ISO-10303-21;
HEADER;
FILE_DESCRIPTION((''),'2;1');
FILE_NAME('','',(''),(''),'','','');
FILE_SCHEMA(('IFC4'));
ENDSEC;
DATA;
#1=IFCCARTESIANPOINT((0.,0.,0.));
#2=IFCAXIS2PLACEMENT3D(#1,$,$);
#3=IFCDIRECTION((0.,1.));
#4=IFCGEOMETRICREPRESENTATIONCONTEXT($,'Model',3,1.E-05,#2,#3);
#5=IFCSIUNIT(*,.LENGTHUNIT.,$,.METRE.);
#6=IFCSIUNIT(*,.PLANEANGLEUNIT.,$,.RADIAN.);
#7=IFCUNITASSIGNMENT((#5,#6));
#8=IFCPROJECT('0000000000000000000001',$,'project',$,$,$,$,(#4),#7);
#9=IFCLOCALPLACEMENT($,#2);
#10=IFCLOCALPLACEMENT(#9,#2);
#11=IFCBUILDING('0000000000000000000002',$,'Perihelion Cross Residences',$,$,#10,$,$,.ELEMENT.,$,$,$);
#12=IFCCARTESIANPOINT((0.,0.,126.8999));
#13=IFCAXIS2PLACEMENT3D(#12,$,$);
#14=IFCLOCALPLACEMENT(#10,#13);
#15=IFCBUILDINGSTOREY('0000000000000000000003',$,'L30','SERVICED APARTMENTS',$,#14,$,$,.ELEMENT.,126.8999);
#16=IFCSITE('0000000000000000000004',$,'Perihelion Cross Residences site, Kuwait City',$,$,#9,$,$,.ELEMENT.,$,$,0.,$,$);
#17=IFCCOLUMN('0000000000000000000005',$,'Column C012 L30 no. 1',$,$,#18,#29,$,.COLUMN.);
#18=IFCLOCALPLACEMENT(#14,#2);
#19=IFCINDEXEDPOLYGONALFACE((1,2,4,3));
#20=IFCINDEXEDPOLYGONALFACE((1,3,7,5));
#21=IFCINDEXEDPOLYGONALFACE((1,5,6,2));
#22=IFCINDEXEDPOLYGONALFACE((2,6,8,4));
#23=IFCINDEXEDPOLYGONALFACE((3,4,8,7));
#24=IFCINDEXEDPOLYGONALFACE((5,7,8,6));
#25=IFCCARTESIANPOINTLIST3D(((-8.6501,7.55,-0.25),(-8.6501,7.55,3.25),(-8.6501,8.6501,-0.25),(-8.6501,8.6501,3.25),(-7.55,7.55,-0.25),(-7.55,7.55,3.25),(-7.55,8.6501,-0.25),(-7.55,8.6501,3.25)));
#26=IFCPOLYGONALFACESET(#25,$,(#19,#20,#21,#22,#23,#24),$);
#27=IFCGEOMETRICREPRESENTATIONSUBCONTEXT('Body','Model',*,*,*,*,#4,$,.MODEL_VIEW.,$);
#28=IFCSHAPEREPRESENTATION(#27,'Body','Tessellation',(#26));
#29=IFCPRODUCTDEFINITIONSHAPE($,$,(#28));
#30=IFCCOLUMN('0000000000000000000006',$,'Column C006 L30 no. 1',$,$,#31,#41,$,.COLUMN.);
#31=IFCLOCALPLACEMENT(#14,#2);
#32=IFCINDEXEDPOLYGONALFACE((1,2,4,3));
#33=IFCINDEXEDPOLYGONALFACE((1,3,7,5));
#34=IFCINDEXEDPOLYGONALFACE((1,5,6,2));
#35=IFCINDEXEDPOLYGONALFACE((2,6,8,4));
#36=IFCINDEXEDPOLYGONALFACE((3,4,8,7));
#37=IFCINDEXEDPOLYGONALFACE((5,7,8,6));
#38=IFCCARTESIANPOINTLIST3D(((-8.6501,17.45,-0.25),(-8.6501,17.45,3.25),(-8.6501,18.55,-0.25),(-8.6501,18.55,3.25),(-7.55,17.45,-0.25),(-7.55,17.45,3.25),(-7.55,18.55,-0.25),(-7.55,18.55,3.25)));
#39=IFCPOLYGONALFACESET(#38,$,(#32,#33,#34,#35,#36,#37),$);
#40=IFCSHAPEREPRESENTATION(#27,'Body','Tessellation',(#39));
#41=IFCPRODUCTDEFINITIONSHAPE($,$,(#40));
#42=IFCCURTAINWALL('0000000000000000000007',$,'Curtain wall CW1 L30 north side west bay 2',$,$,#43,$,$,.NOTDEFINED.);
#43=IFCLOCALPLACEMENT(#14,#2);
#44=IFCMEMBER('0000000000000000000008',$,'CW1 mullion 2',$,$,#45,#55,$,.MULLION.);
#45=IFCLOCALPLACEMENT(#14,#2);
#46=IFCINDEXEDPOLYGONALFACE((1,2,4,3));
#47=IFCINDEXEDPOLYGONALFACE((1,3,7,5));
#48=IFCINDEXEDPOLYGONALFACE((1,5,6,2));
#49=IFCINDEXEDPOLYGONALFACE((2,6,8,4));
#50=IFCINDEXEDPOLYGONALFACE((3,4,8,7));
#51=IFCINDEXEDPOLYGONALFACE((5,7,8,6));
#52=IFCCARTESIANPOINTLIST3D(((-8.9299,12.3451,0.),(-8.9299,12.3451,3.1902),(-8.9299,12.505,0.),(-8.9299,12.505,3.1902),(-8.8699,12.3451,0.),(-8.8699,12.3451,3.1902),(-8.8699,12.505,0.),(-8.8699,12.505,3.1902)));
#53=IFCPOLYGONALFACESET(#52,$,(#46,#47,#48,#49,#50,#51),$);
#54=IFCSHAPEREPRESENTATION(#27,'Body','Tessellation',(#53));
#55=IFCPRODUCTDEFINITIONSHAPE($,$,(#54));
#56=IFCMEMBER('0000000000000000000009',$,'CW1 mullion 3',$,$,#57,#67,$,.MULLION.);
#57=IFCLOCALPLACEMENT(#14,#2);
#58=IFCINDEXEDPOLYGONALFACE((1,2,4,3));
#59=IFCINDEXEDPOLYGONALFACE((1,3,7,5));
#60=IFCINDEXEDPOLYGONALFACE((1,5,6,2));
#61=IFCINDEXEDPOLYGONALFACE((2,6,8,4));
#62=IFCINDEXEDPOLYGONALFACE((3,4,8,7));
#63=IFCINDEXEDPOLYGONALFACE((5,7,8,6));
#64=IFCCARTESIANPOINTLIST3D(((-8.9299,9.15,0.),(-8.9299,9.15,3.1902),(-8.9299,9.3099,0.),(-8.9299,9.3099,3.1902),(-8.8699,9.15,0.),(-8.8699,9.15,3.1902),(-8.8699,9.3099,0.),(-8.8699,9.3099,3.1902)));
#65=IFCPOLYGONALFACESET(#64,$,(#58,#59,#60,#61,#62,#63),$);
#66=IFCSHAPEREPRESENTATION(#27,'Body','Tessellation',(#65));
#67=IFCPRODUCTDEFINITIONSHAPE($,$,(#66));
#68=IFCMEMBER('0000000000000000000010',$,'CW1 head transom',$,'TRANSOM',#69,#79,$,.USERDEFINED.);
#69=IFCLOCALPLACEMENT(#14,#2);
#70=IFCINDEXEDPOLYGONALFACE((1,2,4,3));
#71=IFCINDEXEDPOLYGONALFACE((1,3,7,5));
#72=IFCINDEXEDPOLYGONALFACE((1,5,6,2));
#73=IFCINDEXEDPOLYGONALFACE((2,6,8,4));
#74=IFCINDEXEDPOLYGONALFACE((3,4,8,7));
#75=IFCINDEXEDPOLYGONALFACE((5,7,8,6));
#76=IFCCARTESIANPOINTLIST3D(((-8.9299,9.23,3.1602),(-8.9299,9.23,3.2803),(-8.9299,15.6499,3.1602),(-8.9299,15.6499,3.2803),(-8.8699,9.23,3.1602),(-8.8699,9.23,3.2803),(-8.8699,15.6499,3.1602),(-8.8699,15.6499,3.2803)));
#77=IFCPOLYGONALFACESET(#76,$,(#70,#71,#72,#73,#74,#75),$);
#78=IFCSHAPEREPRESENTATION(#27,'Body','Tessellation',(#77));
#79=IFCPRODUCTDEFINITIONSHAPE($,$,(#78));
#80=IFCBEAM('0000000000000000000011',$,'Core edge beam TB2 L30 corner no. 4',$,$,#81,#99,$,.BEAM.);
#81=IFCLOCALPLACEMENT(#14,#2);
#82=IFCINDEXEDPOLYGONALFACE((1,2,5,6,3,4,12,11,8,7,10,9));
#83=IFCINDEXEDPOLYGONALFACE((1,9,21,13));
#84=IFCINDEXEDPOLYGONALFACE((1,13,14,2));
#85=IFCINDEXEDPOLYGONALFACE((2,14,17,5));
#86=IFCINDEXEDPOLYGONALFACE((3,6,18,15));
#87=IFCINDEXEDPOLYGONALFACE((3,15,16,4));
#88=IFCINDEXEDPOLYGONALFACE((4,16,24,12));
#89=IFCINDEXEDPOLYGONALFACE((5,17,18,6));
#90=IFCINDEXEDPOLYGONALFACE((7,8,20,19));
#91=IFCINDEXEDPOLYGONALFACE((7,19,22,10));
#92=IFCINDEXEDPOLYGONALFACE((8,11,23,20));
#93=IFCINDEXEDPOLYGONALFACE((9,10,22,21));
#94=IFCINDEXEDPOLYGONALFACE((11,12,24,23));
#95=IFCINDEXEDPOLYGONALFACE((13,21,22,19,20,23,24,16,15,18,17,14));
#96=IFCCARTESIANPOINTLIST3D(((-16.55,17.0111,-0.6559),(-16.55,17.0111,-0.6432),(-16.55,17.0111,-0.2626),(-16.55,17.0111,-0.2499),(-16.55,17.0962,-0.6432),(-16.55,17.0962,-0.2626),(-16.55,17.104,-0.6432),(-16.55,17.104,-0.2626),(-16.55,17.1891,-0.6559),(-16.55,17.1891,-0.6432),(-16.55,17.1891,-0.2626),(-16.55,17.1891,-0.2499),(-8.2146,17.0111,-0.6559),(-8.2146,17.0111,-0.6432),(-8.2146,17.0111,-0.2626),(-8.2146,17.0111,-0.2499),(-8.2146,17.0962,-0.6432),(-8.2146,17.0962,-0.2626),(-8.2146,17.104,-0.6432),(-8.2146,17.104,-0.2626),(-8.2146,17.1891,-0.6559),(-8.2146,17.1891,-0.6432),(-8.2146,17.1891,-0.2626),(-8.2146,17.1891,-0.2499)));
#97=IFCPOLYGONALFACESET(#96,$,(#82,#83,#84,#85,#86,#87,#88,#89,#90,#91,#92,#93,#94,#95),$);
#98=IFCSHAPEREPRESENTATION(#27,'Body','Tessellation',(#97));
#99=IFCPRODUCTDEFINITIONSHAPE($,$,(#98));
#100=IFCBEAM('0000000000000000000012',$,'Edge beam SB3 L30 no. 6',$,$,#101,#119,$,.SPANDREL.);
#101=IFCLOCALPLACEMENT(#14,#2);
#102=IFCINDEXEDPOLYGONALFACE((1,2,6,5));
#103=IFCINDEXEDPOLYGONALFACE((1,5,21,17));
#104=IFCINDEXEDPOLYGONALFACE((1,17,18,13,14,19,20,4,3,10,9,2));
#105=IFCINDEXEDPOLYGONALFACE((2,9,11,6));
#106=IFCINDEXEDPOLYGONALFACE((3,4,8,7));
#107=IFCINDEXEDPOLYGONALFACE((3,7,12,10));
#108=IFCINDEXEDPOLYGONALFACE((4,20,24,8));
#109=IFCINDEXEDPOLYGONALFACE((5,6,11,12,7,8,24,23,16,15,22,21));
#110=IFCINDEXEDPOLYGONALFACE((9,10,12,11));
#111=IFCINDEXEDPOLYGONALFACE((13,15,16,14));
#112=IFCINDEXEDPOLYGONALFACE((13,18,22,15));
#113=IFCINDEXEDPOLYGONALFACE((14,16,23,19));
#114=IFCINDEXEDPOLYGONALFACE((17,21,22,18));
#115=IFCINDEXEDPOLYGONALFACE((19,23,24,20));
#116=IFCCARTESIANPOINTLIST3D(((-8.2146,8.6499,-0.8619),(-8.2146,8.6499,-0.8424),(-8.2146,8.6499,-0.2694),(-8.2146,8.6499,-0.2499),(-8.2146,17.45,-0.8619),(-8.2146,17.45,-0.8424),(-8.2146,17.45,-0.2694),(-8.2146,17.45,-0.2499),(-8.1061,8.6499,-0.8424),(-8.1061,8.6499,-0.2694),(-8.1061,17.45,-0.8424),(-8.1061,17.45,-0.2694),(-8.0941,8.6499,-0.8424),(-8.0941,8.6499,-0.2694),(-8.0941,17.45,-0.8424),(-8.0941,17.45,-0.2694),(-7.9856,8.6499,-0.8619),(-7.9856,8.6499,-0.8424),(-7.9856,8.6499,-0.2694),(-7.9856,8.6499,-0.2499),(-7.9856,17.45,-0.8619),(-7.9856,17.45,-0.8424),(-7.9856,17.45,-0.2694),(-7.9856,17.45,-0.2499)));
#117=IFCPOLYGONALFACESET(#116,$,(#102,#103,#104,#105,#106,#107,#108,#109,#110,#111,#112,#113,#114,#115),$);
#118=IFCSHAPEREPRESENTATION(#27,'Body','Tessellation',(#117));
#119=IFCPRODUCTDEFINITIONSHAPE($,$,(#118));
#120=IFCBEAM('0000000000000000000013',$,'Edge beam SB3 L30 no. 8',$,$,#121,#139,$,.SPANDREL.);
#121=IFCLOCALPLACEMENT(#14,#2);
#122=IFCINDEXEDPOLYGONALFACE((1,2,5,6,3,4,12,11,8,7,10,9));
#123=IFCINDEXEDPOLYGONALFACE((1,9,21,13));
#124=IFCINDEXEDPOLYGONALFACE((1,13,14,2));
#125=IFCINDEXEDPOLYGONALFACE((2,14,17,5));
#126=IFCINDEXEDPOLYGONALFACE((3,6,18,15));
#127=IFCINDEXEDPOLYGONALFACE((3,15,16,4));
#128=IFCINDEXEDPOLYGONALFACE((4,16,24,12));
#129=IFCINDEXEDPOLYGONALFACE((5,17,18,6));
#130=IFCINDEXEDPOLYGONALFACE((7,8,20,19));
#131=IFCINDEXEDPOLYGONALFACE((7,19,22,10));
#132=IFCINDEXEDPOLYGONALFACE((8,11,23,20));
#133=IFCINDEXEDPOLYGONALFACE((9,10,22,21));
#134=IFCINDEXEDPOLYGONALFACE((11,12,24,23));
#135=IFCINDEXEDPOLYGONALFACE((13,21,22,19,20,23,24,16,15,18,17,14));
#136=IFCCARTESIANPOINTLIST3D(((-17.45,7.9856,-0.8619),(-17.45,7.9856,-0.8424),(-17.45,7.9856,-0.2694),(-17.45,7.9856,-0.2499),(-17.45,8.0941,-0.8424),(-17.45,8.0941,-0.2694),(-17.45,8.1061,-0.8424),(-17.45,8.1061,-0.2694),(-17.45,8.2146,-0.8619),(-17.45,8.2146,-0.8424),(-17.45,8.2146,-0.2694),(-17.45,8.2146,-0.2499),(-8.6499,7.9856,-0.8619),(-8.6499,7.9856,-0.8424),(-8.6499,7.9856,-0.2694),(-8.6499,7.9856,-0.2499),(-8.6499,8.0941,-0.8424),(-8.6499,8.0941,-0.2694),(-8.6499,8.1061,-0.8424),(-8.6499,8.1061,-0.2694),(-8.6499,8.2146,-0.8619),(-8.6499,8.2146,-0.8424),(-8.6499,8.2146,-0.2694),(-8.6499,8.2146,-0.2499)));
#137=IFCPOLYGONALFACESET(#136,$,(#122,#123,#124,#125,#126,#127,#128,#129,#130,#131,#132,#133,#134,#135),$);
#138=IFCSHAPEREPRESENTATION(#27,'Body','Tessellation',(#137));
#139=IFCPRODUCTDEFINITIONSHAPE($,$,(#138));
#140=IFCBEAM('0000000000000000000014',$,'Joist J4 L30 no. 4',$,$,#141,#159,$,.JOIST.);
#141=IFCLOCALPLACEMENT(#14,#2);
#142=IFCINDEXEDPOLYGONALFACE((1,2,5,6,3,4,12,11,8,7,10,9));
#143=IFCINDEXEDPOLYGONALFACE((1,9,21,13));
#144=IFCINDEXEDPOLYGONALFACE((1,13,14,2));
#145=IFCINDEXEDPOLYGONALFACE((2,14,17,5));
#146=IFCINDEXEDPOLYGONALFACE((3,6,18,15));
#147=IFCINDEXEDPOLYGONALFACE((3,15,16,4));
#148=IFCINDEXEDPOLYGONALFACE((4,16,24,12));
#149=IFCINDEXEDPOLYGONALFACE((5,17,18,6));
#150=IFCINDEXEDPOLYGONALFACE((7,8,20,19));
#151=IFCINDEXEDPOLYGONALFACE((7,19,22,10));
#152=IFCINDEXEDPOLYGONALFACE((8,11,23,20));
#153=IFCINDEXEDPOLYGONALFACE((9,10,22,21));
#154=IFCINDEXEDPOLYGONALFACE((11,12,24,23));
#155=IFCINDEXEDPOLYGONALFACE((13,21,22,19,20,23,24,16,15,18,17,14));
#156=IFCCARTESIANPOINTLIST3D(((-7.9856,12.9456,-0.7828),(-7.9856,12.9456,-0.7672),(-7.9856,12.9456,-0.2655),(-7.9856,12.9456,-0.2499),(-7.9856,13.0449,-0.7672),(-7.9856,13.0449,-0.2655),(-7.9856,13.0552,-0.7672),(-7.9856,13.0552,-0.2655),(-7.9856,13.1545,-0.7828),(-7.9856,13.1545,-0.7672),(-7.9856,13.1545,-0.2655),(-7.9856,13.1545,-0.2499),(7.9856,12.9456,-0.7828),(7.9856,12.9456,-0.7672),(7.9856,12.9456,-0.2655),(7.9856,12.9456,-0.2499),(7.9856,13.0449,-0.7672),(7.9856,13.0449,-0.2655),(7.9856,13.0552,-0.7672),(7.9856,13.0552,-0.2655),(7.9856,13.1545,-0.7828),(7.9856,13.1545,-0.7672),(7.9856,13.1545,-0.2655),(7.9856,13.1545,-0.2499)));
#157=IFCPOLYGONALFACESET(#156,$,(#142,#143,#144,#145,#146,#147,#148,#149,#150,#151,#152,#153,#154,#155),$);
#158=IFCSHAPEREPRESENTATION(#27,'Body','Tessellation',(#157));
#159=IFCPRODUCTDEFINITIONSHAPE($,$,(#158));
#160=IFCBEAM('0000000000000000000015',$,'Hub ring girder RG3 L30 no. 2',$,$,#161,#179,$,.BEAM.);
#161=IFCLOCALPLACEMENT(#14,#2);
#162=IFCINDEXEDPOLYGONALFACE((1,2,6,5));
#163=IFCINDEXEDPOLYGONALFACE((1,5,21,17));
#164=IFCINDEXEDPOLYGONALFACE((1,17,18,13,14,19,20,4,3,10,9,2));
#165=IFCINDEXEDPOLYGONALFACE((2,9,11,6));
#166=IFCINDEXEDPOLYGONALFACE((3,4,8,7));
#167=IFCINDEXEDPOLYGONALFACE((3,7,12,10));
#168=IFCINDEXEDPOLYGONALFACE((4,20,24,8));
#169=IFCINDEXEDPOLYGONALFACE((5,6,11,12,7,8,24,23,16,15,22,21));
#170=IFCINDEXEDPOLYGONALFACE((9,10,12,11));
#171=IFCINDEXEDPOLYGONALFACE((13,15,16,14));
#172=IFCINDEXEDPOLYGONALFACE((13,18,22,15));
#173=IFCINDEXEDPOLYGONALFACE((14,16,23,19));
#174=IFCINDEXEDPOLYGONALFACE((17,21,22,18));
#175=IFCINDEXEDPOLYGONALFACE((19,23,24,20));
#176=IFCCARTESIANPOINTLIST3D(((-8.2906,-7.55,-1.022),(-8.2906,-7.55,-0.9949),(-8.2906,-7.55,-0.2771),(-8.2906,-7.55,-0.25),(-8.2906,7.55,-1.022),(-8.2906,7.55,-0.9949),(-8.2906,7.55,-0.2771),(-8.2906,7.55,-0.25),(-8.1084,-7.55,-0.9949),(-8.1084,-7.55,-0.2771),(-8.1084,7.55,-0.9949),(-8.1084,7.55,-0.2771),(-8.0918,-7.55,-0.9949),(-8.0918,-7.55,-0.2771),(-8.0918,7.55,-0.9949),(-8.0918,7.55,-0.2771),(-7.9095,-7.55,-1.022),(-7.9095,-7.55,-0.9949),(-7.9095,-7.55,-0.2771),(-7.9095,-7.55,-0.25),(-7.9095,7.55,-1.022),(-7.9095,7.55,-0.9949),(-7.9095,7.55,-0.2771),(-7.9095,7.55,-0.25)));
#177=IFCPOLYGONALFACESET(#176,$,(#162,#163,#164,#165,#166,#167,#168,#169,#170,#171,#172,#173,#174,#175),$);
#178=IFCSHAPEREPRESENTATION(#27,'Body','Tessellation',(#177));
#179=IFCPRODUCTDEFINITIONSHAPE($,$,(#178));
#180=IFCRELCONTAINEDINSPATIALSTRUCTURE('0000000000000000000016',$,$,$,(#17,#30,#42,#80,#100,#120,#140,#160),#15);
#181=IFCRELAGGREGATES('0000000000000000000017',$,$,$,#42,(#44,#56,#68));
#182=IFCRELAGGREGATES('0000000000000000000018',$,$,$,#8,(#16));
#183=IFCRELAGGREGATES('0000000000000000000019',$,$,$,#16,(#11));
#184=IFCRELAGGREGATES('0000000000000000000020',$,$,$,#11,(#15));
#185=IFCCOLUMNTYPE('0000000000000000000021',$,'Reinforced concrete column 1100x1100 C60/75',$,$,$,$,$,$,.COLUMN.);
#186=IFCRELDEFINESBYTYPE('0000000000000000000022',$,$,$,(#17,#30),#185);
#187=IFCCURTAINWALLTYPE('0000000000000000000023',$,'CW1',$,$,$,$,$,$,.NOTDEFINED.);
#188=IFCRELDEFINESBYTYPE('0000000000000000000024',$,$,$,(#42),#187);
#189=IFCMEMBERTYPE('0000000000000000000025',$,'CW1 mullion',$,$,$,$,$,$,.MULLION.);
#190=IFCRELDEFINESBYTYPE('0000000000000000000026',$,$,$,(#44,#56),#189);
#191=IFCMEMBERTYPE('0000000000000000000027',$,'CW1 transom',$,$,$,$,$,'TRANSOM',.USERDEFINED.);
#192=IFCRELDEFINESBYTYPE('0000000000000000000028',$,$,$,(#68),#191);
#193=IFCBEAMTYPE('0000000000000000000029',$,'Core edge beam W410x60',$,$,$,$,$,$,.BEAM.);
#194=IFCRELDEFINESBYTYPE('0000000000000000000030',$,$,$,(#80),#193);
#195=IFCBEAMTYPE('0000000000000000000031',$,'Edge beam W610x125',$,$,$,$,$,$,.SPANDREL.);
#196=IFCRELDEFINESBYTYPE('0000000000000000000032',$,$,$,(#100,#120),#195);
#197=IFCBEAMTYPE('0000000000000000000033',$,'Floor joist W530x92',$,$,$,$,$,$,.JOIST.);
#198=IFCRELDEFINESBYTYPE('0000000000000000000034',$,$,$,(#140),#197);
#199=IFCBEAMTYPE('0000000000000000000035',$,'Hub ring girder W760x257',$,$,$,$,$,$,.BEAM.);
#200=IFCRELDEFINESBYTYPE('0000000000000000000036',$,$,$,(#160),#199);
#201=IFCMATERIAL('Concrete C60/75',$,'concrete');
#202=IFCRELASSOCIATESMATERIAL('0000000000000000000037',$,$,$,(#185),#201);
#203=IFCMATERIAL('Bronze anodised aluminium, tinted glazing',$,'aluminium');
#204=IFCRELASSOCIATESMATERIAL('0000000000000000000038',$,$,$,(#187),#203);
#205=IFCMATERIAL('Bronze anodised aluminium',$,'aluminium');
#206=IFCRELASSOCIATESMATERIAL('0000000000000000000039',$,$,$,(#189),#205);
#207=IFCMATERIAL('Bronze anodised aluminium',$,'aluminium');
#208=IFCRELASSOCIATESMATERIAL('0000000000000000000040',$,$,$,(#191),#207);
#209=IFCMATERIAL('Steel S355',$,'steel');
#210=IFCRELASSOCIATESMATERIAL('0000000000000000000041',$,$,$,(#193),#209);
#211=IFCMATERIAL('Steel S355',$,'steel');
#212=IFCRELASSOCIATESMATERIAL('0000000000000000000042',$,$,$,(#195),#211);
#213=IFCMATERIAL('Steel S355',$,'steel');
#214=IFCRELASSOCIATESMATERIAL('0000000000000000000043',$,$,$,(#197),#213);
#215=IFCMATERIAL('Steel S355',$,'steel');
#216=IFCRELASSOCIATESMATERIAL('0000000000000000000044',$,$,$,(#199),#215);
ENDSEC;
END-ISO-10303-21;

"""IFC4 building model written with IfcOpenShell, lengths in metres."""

from ifc_helpers import new_model, si_unit, direction, frame, origin, origin_2d, place, context, subcontext, project, spatial, rectangle, i_section, extrude, material, material_profile, profile_set, type_object, element, aggregate, save


model = new_model("IFC4")

# Units and contexts
model_context = context("Model", 3, precision=1e-05, world=origin(), true_north=direction((0.0, 1.0)))
body_context = subcontext(model_context, "Body", "Model", "MODEL_VIEW")
ifc_project = project(units=[si_unit("LENGTHUNIT", "METRE"), si_unit("PLANEANGLEUNIT", "RADIAN")], contexts=[model_context])

# Site, building, storey
site_placement = place(None, origin())
site = spatial("IfcSite", under=ifc_project, at=site_placement, Name="Perihelion Cross Residences site, Kuwait City", CompositionType="ELEMENT", RefElevation=0.0)
building_placement = place(site_placement, origin())
building = spatial("IfcBuilding", under=site, at=building_placement, Name="Perihelion Cross Residences", CompositionType="ELEMENT")
storey_placement = place(building_placement, frame((0.0, 0.0, 126.8999)))
storey = spatial("IfcBuildingStorey", under=building, at=storey_placement, Name="L30", Description="SERVICED APARTMENTS", CompositionType="ELEMENT", Elevation=126.8999)

# Columns
ifc_material_1 = material(Name="Concrete C60/75", Category="concrete")
ifc_material_profile_1 = material_profile(ifc_material_1, rectangle(XDim=1.1001, YDim=1.1001, at=origin_2d()), Name="RC 1100x1100")
ifc_profile_set_1 = profile_set([ifc_material_profile_1], Name="Concrete C60/75")
column_type = type_object("IfcColumnType", Name="Reinforced concrete column 1100x1100 C60/75", PredefinedType="COLUMN", material=ifc_profile_set_1)
for number, where, z_axis, x_axis, name in (
    (1, (-8.1001, 8.1001, -0.25), (0.0, 0.0, 1.0), (1.0, 0.0, 0.0), "Column C012 L30 no. 1"),
    (2, (-8.1001, 18.0, -0.25), (0.0, 0.0, 1.0), (1.0, 0.0, 0.0), "Column C006 L30 no. 1"),
):
    element("IfcColumn", number, at=place(storey_placement, frame(where, z_axis=z_axis, x_axis=x_axis)), inside=storey, type_object=column_type, Name=name, PredefinedType="COLUMN", context=body_context, shape_type="SweptSolid", body=[
        extrude(rectangle(XDim=1.1001, YDim=1.1001, at=origin_2d()), origin(), (0.0, 0.0, 1.0), 3.5),
    ])

# Curtain wall, members
ifc_material_2 = material(Name="Bronze anodised aluminium, tinted glazing", Category="aluminium")
curtain_wall_type = type_object("IfcCurtainWallType", Name="CW1", PredefinedType="NOTDEFINED", material=ifc_material_2)
curtain_wall_placement = place(storey_placement, origin())
curtain_wall = element("IfcCurtainWall", 3, at=curtain_wall_placement, inside=storey, type_object=curtain_wall_type, Name="Curtain wall CW1 L30 north side west bay 2", PredefinedType="NOTDEFINED")
ifc_material_3 = material(Name="Bronze anodised aluminium", Category="aluminium")
ifc_material_profile_2 = material_profile(ifc_material_3, rectangle(XDim=0.0601, YDim=0.1599, at=origin_2d()), Name="CW1 mullion")
ifc_profile_set_2 = profile_set([ifc_material_profile_2], Name="Bronze anodised aluminium")
member_type_1 = type_object("IfcMemberType", Name="CW1 mullion", PredefinedType="MULLION", material=ifc_profile_set_2)
member_1_placement = place(storey_placement, frame((-8.8999, 12.425, 0.0), z_axis=(0.0, 0.0, 1.0), x_axis=(1.0, 0.0, 0.0)))
member_1 = element("IfcMember", 4, at=member_1_placement, type_object=member_type_1, Name="CW1 mullion 2", PredefinedType="MULLION", context=body_context, shape_type="SweptSolid", body=[
    extrude(rectangle(XDim=0.0601, YDim=0.1599, at=origin_2d()), origin(), (0.0, 0.0, 1.0), 3.1902),
])
member_2_placement = place(storey_placement, frame((-8.8999, 9.23, 0.0), z_axis=(0.0, 0.0, 1.0), x_axis=(1.0, 0.0, 0.0)))
member_2 = element("IfcMember", 5, at=member_2_placement, type_object=member_type_1, Name="CW1 mullion 3", PredefinedType="MULLION", context=body_context, shape_type="SweptSolid", body=[
    extrude(rectangle(XDim=0.0601, YDim=0.1599, at=origin_2d()), origin(), (0.0, 0.0, 1.0), 3.1902),
])
ifc_material_4 = material(Name="Bronze anodised aluminium", Category="aluminium")
ifc_material_profile_3 = material_profile(ifc_material_4, rectangle(XDim=0.0601, YDim=0.1201, at=origin_2d()), Name="CW1 transom")
ifc_profile_set_3 = profile_set([ifc_material_profile_3], Name="Bronze anodised aluminium")
member_type_2 = type_object("IfcMemberType", Name="CW1 transom", ElementType="TRANSOM", PredefinedType="USERDEFINED", material=ifc_profile_set_3)
member_3_placement = place(storey_placement, frame((-8.8999, 15.6499, 3.2202), z_axis=(0.0, -1.0, 0.0), x_axis=(1.0, 0.0, 0.0)))
member_3 = element("IfcMember", 6, at=member_3_placement, type_object=member_type_2, Name="CW1 head transom", ObjectType="TRANSOM", PredefinedType="USERDEFINED", context=body_context, shape_type="SweptSolid", body=[
    extrude(rectangle(XDim=0.0601, YDim=0.1201, at=origin_2d()), origin(), (0.0, 0.0, 1.0), 6.4199),
])

# Beams
ifc_material_5 = material(Name="Steel S355", Category="steel")
ifc_material_profile_4 = material_profile(ifc_material_5, i_section(OverallWidth=0.178, OverallDepth=0.406, WebThickness=0.0078, FlangeThickness=0.0127, at=origin_2d()), Name="W410x60")
ifc_profile_set_4 = profile_set([ifc_material_profile_4], Name="Steel S355")
beam_type_1 = type_object("IfcBeamType", Name="Core edge beam W410x60", PredefinedType="BEAM", material=ifc_profile_set_4)
beam_1_placement = place(storey_placement, frame((-8.2146, 17.1001, -0.4529), z_axis=(-1.0, 0.0, 0.0), x_axis=(0.0, -1.0, 0.0)))
element("IfcBeam", 7, at=beam_1_placement, inside=storey, type_object=beam_type_1, Name="Core edge beam TB2 L30 corner no. 4", PredefinedType="BEAM", context=body_context, shape_type="SweptSolid", body=[
    extrude(i_section(OverallWidth=0.178, OverallDepth=0.406, WebThickness=0.0078, FlangeThickness=0.0127, at=origin_2d()), origin(), (0.0, 0.0, 1.0), 8.3354),
])
ifc_material_6 = material(Name="Steel S355", Category="steel")
ifc_material_profile_5 = material_profile(ifc_material_6, i_section(OverallWidth=0.229, OverallDepth=0.6121, WebThickness=0.012, FlangeThickness=0.0195, at=origin_2d()), Name="W610x125")
ifc_profile_set_5 = profile_set([ifc_material_profile_5], Name="Steel S355")
beam_type_2 = type_object("IfcBeamType", Name="Edge beam W610x125", PredefinedType="SPANDREL", material=ifc_profile_set_5)
for number, where, z_axis, x_axis, name in (
    (8, (-8.1001, 17.45, -0.5559), (0.0, -1.0, 0.0), (1.0, 0.0, 0.0), "Edge beam SB3 L30 no. 6"),
    (9, (-8.6499, 8.1001, -0.5559), (-1.0, 0.0, 0.0), (0.0, -1.0, 0.0), "Edge beam SB3 L30 no. 8"),
):
    element("IfcBeam", number, at=place(storey_placement, frame(where, z_axis=z_axis, x_axis=x_axis)), inside=storey, type_object=beam_type_2, Name=name, PredefinedType="SPANDREL", context=body_context, shape_type="SweptSolid", body=[
        extrude(i_section(OverallWidth=0.229, OverallDepth=0.6121, WebThickness=0.012, FlangeThickness=0.0195, at=origin_2d()), origin(), (0.0, 0.0, 1.0), 8.8),
    ])
ifc_material_7 = material(Name="Steel S355", Category="steel")
ifc_material_profile_6 = material_profile(ifc_material_7, i_section(OverallWidth=0.209, OverallDepth=0.533, WebThickness=0.0103, FlangeThickness=0.0156, at=origin_2d()), Name="W530x92")
ifc_profile_set_6 = profile_set([ifc_material_profile_6], Name="Steel S355")
beam_type_3 = type_object("IfcBeamType", Name="Floor joist W530x92", PredefinedType="JOIST", material=ifc_profile_set_6)
beam_2_placement = place(storey_placement, frame((-7.9856, 13.05, -0.5164), z_axis=(1.0, 0.0, 0.0), x_axis=(0.0, 1.0, 0.0)))
element("IfcBeam", 10, at=beam_2_placement, inside=storey, type_object=beam_type_3, Name="Joist J4 L30 no. 4", PredefinedType="JOIST", context=body_context, shape_type="SweptSolid", body=[
    extrude(i_section(OverallWidth=0.209, OverallDepth=0.533, WebThickness=0.0103, FlangeThickness=0.0156, at=origin_2d()), origin(), (0.0, 0.0, 1.0), 15.9712),
])
ifc_material_8 = material(Name="Steel S355", Category="steel")
ifc_material_profile_7 = material_profile(ifc_material_8, i_section(OverallWidth=0.3811, OverallDepth=0.772, WebThickness=0.0166, FlangeThickness=0.0271, at=origin_2d()), Name="W760x257")
ifc_profile_set_7 = profile_set([ifc_material_profile_7], Name="Steel S355")
beam_type_4 = type_object("IfcBeamType", Name="Hub ring girder W760x257", PredefinedType="BEAM", material=ifc_profile_set_7)
beam_3_placement = place(storey_placement, frame((-8.1001, 7.55, -0.636), z_axis=(0.0, -1.0, 0.0), x_axis=(1.0, 0.0, 0.0)))
element("IfcBeam", 11, at=beam_3_placement, inside=storey, type_object=beam_type_4, Name="Hub ring girder RG3 L30 no. 2", PredefinedType="BEAM", context=body_context, shape_type="SweptSolid", body=[
    extrude(i_section(OverallWidth=0.3811, OverallDepth=0.772, WebThickness=0.0166, FlangeThickness=0.0271, at=origin_2d()), origin(), (0.0, 0.0, 1.0), 15.1001),
])

aggregate(curtain_wall, [member_1, member_2, member_3])

save(model, "model.ifc")
